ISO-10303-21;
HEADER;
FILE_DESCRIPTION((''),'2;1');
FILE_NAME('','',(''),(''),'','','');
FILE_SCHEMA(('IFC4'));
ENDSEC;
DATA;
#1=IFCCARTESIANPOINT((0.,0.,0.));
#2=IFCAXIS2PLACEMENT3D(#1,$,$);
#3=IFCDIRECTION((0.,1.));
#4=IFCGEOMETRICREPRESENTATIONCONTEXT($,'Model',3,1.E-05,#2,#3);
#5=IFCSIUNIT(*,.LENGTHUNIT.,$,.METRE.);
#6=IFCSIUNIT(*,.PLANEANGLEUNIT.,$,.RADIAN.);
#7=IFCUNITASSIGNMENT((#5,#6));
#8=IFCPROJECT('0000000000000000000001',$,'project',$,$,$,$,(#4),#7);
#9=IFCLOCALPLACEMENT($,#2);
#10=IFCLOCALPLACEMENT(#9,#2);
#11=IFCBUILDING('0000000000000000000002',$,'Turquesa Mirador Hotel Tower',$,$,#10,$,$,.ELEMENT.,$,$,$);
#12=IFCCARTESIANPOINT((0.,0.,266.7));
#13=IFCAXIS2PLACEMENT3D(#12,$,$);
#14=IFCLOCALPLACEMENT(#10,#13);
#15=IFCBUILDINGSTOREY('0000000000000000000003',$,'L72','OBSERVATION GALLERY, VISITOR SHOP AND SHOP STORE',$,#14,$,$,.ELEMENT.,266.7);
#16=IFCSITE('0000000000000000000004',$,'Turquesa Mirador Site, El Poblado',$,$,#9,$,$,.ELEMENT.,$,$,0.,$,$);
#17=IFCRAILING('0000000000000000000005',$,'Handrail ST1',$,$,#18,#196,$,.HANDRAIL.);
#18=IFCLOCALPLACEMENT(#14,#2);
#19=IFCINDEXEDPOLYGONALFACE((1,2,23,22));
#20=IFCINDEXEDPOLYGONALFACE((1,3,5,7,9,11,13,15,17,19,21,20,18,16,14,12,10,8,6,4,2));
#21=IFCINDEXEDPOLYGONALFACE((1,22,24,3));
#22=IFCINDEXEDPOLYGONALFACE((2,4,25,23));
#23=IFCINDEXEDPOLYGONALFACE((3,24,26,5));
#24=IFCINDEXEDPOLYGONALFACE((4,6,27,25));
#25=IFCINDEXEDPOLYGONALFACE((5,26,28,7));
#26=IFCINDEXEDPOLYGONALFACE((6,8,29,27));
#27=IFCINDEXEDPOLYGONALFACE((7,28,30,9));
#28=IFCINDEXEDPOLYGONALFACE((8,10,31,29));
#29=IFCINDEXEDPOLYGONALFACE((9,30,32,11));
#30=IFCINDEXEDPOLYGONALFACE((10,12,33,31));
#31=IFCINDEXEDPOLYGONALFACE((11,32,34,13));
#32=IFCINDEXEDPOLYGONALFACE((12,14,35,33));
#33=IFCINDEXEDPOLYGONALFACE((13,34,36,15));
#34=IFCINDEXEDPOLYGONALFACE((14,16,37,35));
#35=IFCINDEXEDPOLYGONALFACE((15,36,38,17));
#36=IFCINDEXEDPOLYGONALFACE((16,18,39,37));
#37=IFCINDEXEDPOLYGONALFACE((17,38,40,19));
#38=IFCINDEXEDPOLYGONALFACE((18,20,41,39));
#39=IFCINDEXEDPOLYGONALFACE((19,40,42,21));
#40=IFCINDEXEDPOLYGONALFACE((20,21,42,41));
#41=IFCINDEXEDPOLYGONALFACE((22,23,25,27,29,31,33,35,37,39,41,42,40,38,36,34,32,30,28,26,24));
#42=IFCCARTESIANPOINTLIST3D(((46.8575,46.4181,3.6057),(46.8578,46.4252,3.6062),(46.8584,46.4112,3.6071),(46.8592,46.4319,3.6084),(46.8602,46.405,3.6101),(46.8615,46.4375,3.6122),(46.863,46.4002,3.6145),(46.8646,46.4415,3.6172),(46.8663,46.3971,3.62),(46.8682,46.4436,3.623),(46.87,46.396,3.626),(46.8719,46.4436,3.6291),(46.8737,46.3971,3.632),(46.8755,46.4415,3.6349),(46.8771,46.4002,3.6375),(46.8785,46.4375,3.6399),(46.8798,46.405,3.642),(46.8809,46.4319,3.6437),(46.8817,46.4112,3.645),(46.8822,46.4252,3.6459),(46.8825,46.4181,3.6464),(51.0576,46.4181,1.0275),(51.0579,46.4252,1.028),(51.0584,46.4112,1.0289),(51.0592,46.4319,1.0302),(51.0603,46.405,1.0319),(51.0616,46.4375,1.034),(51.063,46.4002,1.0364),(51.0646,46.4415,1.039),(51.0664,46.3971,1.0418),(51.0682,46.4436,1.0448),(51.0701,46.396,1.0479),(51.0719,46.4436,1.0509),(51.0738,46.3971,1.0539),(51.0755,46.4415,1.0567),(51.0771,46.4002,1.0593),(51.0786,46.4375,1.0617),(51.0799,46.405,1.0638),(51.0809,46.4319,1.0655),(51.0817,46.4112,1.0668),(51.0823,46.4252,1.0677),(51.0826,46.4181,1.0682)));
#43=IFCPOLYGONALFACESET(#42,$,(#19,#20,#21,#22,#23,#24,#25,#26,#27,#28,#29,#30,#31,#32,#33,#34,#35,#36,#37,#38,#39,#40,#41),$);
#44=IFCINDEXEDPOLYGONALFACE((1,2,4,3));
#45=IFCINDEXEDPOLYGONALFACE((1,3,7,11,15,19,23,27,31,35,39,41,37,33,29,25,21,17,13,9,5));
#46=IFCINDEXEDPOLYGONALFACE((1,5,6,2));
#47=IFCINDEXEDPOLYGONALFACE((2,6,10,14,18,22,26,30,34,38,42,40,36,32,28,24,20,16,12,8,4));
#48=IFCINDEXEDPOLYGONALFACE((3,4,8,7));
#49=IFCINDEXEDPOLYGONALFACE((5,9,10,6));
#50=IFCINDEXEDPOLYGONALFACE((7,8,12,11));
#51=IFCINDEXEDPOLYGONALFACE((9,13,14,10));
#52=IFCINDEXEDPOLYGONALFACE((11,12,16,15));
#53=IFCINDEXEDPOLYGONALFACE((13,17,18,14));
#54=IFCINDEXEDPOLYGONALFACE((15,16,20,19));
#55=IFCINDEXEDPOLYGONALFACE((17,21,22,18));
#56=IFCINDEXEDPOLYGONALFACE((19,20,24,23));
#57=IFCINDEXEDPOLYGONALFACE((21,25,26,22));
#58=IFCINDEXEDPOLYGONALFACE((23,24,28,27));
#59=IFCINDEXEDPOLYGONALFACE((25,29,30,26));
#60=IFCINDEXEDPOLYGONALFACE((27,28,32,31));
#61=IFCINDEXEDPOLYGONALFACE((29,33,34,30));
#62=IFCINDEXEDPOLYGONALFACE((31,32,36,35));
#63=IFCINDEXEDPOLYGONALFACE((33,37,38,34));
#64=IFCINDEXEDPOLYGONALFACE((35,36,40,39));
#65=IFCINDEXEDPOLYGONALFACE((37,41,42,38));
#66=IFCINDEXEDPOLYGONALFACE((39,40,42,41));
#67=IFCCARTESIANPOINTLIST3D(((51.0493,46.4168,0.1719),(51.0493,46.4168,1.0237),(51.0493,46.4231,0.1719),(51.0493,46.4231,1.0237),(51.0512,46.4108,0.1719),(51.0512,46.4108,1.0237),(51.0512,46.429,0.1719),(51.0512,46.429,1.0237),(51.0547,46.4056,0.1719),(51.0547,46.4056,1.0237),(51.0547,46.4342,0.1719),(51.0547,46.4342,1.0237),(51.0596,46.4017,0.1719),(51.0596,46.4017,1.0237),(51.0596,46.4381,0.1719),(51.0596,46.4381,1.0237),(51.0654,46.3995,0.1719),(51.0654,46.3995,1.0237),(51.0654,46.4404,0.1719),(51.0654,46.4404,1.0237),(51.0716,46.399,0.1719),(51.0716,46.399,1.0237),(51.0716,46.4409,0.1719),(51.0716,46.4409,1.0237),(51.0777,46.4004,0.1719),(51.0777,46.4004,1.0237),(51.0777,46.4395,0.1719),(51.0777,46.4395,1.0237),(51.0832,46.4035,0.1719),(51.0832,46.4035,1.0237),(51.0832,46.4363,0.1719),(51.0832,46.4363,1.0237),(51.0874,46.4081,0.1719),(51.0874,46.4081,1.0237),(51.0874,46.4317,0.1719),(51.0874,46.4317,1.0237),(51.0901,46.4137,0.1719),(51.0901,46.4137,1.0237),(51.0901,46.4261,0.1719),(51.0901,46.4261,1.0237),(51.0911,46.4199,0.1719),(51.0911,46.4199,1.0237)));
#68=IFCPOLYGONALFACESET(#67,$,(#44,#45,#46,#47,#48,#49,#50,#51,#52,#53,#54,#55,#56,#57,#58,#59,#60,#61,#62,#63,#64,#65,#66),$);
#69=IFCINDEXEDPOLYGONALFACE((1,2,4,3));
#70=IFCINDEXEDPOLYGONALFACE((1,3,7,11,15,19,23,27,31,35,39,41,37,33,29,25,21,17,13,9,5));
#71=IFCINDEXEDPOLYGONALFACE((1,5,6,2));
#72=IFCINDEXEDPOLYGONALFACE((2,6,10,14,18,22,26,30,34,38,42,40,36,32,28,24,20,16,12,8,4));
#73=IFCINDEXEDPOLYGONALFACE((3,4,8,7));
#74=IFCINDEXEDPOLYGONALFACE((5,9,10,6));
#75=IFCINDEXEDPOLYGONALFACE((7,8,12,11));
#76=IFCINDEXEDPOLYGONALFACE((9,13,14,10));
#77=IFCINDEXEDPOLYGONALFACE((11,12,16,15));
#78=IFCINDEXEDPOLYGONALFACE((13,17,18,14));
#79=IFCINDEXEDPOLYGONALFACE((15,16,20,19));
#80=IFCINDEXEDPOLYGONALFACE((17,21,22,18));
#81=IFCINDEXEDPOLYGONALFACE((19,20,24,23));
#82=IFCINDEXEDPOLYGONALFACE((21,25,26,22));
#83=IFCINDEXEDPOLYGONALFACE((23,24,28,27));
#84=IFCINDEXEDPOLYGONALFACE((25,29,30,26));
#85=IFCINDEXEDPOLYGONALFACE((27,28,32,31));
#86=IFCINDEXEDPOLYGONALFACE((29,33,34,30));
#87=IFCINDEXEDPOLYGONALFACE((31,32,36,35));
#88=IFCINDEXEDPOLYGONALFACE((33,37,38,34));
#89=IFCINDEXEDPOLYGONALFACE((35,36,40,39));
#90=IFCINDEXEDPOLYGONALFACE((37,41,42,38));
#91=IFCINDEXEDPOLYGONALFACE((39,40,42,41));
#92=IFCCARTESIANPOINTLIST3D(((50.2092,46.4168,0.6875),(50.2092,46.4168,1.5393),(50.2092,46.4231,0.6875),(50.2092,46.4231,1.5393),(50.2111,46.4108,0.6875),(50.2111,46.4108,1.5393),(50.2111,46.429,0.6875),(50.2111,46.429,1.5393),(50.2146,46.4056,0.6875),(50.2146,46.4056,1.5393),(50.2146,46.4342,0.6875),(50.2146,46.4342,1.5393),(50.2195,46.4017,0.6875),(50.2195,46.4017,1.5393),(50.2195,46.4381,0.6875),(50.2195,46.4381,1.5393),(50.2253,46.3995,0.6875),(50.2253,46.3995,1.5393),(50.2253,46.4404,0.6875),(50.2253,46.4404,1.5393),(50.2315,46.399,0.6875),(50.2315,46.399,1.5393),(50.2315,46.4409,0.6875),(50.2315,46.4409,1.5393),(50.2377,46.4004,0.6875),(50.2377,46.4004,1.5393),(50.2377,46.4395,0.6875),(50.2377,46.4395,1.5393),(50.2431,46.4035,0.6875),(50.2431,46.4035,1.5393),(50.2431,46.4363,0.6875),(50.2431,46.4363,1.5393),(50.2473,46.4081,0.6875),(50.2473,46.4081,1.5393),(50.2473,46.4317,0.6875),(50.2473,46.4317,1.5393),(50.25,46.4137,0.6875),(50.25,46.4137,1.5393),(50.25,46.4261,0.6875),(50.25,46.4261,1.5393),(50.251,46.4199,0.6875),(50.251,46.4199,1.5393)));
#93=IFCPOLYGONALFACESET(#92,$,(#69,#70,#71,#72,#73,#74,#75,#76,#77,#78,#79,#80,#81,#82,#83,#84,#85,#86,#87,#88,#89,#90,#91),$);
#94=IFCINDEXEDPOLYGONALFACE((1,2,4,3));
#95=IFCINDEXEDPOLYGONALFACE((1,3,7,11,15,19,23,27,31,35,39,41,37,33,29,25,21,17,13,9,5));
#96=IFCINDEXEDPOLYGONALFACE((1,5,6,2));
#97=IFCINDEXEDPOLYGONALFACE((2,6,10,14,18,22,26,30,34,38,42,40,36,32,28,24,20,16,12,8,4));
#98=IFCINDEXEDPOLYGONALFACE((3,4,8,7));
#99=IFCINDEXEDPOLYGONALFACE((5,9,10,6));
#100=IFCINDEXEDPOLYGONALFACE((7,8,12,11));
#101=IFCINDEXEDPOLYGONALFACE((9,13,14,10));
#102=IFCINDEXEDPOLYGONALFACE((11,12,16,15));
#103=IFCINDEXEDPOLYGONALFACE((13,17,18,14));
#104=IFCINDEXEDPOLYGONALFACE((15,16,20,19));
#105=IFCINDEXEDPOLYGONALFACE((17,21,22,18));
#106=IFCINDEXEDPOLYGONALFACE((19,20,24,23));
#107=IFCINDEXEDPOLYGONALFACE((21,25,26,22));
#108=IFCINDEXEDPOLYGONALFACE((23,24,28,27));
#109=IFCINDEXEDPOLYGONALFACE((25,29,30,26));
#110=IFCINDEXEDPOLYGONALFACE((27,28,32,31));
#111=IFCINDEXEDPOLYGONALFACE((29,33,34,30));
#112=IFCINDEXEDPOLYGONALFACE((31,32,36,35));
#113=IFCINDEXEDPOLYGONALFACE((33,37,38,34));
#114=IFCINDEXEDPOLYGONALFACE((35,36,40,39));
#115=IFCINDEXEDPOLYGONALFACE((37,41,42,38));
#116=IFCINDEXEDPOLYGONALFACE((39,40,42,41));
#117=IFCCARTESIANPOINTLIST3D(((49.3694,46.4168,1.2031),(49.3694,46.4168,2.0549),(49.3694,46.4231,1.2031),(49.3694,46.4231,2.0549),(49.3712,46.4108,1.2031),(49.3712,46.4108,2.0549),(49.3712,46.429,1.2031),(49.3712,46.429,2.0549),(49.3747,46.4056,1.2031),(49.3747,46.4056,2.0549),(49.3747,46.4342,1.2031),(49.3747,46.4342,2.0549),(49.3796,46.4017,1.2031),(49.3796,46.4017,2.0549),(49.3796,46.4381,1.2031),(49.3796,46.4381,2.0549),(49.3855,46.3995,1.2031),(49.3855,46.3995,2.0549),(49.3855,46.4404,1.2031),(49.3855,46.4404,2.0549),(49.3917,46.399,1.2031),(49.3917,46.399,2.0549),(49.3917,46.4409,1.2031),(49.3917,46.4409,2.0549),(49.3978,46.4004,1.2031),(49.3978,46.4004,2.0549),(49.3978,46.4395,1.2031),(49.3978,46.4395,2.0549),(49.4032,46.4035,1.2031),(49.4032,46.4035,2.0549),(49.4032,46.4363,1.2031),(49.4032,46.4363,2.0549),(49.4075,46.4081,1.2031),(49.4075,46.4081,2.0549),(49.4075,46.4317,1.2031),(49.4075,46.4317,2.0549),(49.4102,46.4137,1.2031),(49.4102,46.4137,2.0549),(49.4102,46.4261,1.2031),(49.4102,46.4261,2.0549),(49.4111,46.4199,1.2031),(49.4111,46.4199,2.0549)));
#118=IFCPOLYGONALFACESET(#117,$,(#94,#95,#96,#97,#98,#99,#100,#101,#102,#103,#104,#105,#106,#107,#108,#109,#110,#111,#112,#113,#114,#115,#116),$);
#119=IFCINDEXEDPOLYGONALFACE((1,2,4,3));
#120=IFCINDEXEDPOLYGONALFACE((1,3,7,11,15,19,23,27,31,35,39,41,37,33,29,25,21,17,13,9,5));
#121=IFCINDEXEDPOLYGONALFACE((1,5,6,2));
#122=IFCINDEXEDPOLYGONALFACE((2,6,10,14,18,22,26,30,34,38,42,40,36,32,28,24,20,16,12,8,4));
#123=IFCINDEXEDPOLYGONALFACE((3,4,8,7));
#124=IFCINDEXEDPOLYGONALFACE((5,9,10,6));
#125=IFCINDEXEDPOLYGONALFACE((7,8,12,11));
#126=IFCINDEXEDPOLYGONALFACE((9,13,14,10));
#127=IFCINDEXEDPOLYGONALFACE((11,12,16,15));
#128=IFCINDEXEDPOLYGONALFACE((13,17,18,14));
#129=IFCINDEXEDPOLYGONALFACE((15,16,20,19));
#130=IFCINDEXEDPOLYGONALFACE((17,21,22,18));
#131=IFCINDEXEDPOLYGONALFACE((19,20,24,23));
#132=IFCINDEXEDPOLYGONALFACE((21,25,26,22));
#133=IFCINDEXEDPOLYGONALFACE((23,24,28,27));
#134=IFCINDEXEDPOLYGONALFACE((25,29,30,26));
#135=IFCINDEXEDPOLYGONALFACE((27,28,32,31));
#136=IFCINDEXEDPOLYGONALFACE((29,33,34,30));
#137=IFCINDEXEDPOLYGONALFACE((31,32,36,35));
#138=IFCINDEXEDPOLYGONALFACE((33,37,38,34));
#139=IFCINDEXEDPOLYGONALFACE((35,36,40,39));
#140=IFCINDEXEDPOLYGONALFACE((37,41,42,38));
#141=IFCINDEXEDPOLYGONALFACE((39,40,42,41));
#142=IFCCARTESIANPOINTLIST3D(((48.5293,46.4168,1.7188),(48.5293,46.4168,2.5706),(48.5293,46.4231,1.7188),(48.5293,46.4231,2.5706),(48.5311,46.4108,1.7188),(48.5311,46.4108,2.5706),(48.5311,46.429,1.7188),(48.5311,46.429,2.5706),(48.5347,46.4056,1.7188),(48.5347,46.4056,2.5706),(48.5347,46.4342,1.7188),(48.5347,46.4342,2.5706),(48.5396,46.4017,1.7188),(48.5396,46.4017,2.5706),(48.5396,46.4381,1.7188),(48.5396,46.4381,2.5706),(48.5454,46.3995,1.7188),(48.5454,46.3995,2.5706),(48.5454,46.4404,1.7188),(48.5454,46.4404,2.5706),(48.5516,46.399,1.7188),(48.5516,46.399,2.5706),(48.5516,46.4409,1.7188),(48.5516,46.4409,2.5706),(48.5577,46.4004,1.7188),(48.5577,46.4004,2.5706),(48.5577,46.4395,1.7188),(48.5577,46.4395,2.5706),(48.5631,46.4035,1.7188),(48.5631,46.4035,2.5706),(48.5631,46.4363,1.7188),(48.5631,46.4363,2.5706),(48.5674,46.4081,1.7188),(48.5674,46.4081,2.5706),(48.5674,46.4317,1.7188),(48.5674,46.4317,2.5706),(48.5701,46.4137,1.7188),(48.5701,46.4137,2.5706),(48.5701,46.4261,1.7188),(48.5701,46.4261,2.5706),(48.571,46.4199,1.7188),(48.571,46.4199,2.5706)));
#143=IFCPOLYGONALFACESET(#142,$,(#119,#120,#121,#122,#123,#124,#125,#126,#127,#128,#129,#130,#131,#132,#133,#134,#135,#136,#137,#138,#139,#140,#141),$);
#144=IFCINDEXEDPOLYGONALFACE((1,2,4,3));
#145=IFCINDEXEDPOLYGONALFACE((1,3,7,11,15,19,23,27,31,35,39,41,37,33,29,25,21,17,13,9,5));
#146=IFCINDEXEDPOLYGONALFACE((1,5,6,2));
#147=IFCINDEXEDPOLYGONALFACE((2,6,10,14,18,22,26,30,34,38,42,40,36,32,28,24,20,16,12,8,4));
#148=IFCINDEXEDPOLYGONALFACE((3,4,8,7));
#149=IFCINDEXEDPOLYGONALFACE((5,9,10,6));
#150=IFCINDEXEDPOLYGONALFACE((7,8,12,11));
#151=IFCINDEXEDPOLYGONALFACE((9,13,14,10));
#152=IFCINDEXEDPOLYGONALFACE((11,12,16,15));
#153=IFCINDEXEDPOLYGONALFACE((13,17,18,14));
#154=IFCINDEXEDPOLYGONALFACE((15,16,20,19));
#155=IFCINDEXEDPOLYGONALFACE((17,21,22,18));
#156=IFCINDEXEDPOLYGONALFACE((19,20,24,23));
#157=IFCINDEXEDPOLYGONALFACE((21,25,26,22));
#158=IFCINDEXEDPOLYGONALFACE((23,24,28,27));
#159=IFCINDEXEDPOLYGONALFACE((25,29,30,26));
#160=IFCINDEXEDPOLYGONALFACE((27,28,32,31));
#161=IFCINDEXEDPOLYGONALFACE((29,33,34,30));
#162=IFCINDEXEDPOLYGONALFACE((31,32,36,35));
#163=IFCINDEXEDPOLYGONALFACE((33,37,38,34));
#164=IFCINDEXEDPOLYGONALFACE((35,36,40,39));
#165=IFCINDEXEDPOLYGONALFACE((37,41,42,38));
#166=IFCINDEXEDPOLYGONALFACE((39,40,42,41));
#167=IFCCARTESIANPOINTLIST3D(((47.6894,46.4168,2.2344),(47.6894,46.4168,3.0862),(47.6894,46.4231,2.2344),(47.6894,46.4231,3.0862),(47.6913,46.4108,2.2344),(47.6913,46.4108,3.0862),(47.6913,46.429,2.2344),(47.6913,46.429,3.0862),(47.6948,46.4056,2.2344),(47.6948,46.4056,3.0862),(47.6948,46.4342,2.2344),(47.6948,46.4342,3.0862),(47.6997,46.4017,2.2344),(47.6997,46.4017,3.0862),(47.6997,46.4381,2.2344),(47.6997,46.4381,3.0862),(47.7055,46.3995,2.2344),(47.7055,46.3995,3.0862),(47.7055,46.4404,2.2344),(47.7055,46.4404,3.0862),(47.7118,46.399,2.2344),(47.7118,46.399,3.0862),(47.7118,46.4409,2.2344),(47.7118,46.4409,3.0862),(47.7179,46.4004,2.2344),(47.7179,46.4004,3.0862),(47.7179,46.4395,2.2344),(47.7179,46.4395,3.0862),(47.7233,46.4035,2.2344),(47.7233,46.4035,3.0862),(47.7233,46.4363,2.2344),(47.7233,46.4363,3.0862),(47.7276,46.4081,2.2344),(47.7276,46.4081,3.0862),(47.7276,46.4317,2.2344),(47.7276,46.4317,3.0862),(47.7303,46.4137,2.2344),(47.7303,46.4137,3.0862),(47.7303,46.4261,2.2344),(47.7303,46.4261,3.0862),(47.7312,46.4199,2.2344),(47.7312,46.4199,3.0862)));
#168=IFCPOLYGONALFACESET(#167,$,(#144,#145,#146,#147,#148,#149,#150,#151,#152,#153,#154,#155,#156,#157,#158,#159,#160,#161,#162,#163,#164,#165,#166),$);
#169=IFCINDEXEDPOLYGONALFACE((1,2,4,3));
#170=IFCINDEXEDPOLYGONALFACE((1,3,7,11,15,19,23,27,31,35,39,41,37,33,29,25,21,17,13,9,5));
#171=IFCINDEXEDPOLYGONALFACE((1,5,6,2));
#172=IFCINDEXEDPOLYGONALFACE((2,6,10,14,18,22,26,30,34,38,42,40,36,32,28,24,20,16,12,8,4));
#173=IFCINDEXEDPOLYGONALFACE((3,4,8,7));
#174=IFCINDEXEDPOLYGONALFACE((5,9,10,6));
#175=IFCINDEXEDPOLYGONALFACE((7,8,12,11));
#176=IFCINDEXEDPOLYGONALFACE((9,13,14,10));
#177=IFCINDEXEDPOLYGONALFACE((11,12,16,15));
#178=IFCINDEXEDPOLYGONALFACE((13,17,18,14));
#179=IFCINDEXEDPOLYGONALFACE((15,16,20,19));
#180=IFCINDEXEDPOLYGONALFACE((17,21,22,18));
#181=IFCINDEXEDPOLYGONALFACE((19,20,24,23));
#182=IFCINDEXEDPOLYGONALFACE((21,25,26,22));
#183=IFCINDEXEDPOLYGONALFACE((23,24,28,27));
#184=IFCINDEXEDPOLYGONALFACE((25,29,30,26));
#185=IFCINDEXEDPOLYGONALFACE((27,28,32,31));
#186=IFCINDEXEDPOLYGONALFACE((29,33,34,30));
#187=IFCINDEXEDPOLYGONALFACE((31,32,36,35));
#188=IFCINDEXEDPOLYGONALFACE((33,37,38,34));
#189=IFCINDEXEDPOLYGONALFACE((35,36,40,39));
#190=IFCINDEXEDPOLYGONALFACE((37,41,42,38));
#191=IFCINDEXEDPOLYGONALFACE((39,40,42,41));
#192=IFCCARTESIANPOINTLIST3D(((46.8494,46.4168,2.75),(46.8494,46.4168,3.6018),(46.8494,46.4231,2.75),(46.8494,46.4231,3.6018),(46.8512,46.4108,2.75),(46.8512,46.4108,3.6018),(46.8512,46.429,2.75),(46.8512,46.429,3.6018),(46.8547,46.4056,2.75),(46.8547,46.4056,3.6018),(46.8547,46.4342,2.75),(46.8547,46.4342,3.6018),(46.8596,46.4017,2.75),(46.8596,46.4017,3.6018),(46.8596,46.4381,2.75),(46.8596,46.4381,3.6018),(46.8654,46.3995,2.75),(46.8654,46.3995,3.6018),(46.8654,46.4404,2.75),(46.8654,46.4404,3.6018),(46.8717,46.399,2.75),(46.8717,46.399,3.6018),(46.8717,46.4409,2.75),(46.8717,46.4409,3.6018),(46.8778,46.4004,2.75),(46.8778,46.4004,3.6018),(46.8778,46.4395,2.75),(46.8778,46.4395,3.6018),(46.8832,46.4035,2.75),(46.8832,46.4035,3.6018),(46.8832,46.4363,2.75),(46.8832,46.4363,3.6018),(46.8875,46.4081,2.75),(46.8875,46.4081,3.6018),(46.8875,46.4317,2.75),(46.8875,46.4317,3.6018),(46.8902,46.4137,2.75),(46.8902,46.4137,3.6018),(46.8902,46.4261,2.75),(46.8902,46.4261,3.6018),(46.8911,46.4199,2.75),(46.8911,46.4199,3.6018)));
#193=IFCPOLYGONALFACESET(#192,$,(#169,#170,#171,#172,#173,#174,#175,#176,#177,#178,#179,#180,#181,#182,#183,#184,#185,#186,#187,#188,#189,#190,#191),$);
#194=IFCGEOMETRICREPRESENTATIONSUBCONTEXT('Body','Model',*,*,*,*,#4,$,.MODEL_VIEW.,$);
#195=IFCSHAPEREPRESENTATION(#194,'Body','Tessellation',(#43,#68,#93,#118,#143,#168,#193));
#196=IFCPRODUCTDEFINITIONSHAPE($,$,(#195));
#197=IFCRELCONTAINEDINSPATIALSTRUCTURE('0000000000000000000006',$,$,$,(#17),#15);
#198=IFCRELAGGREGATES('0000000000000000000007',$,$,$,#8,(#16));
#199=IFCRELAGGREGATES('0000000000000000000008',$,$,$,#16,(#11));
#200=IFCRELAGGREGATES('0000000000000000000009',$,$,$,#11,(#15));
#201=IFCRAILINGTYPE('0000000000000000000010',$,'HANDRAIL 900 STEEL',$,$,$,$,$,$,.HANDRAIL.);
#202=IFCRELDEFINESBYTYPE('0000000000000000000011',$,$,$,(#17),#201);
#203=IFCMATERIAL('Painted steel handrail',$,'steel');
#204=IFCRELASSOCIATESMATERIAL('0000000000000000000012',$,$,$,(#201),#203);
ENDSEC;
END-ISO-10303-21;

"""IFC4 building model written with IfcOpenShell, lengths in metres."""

from ifc_helpers import new_model, si_unit, direction, frame, origin, origin_2d, place, context, subcontext, project, spatial, circle, extrude, material, type_object, element, save


model = new_model("IFC4")

# Units and contexts
model_context = context("Model", 3, precision=1e-05, world=origin(), true_north=direction((0.0, 1.0)))
body_context = subcontext(model_context, "Body", "Model", "MODEL_VIEW")
ifc_project = project(units=[si_unit("LENGTHUNIT", "METRE"), si_unit("PLANEANGLEUNIT", "RADIAN")], contexts=[model_context])

# Site, building, storey
site_placement = place(None, origin())
site = spatial("IfcSite", under=ifc_project, at=site_placement, Name="Turquesa Mirador Site, El Poblado", CompositionType="ELEMENT", RefElevation=0.0)
building_placement = place(site_placement, origin())
building = spatial("IfcBuilding", under=site, at=building_placement, Name="Turquesa Mirador Hotel Tower", CompositionType="ELEMENT")
storey_placement = place(building_placement, frame((0.0, 0.0, 266.7)))
storey = spatial("IfcBuildingStorey", under=building, at=storey_placement, Name="L72", Description="OBSERVATION GALLERY, VISITOR SHOP AND SHOP STORE", CompositionType="ELEMENT", Elevation=266.7)

# Railing
ifc_material_1 = material(Name="Painted steel handrail", Category="steel")
railing_type = type_object("IfcRailingType", Name="HANDRAIL 900 STEEL", PredefinedType="HANDRAIL", material=ifc_material_1)
railing_1_placement = place(storey_placement, frame((51.0701, 46.4199, 0.1719)))
element("IfcRailing", 1, at=railing_1_placement, inside=storey, type_object=railing_type, Name="Handrail ST1", PredefinedType="HANDRAIL", context=body_context, shape_type="SweptSolid", body=[
    extrude(circle(Radius=0.0239, at=origin_2d()), frame((0.0, 0.0, 0.876), z_axis=(-0.852243, 0.0, 0.523146), x_axis=(0.0, -1.0, 0.0)), (0.0, 0.0, 1.0), 4.9282),
    extrude(circle(Radius=0.021, at=origin_2d()), origin(), (0.0, 0.0, 1.0), 0.8518),
    extrude(circle(Radius=0.021, at=origin_2d()), frame((-0.8401, 0.0, 0.5156)), (0.0, 0.0, 1.0), 0.8518),
    extrude(circle(Radius=0.021, at=origin_2d()), frame((-1.6799, 0.0, 1.0312)), (0.0, 0.0, 1.0), 0.8518),
    extrude(circle(Radius=0.021, at=origin_2d()), frame((-2.52, 0.0, 1.5469)), (0.0, 0.0, 1.0), 0.8518),
    extrude(circle(Radius=0.021, at=origin_2d()), frame((-3.3599, 0.0, 2.0625)), (0.0, 0.0, 1.0), 0.8518),
    extrude(circle(Radius=0.021, at=origin_2d()), frame((-4.2, 0.0, 2.5781)), (0.0, 0.0, 1.0), 0.8518),
])

save(model, "model.ifc")
